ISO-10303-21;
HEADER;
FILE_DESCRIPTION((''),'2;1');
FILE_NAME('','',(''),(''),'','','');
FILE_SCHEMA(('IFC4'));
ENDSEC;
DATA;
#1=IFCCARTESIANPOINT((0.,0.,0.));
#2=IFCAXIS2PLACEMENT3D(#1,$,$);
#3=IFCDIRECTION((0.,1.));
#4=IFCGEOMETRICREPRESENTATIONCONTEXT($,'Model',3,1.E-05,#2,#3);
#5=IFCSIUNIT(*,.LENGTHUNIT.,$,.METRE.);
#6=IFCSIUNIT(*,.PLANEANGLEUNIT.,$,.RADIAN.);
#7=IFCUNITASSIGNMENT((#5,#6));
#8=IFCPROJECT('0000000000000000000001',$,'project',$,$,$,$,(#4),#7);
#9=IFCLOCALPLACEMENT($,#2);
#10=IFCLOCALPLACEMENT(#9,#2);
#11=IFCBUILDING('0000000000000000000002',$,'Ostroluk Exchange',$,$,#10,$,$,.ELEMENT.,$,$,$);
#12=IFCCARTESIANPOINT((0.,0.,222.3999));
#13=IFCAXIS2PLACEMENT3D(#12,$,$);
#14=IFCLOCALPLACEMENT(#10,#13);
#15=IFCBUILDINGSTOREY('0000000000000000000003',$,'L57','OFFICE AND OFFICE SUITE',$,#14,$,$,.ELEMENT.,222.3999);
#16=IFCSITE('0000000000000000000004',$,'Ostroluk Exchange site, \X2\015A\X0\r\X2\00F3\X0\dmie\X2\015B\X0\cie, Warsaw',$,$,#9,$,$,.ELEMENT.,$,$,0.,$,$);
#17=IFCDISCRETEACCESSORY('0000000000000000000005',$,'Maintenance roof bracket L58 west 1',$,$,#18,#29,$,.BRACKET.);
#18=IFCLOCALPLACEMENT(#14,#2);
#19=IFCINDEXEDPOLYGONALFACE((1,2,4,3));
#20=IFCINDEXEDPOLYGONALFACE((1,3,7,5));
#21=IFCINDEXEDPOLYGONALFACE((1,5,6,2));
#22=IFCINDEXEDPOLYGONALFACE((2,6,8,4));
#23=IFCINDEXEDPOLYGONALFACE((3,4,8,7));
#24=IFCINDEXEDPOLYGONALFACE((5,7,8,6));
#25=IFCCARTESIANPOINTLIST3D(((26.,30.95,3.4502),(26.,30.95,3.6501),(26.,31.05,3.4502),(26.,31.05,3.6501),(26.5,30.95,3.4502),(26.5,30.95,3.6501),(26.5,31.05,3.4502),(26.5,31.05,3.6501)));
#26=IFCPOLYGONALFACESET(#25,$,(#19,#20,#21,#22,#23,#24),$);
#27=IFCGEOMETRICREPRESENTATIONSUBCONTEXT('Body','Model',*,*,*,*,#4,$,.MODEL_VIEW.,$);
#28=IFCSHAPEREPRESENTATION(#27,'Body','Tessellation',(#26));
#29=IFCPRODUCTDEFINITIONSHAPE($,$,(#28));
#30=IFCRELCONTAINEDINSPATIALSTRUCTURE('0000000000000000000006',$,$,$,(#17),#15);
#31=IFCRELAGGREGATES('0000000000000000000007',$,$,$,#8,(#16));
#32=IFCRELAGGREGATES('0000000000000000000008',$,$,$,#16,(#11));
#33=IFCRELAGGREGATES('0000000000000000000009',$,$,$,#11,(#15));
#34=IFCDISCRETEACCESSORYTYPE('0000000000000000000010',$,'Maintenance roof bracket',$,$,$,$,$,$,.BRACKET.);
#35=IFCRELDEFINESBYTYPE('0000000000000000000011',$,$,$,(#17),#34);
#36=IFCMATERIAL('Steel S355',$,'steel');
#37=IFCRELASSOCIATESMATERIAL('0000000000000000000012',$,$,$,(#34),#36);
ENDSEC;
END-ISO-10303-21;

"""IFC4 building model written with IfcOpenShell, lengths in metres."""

from ifc_helpers import new_model, si_unit, direction, frame, origin, origin_2d, place, context, subcontext, project, spatial, rectangle, extrude, material, type_object, element, save


model = new_model("IFC4")

# Units and contexts
model_context = context("Model", 3, precision=1e-05, world=origin(), true_north=direction((0.0, 1.0)))
body_context = subcontext(model_context, "Body", "Model", "MODEL_VIEW")
ifc_project = project(units=[si_unit("LENGTHUNIT", "METRE"), si_unit("PLANEANGLEUNIT", "RADIAN")], contexts=[model_context])

# Site, building, storey
site_placement = place(None, origin())
site = spatial("IfcSite", under=ifc_project, at=site_placement, Name="Ostroluk Exchange site, Śródmieście, Warsaw", CompositionType="ELEMENT", RefElevation=0.0)
building_placement = place(site_placement, origin())
building = spatial("IfcBuilding", under=site, at=building_placement, Name="Ostroluk Exchange", CompositionType="ELEMENT")
storey_placement = place(building_placement, frame((0.0, 0.0, 222.3999)))
storey = spatial("IfcBuildingStorey", under=building, at=storey_placement, Name="L57", Description="OFFICE AND OFFICE SUITE", CompositionType="ELEMENT", Elevation=222.3999)

# Discrete accessory
ifc_material_1 = material(Name="Steel S355", Category="steel")
discrete_accessory_type = type_object("IfcDiscreteAccessoryType", Name="Maintenance roof bracket", PredefinedType="BRACKET", material=ifc_material_1)
discrete_accessory_1_placement = place(storey_placement, frame((26.25, 31.0, 3.4502), z_axis=(0.0, 0.0, 1.0), x_axis=(1.0, 0.0, 0.0)))
element("IfcDiscreteAccessory", 1, at=discrete_accessory_1_placement, inside=storey, type_object=discrete_accessory_type, Name="Maintenance roof bracket L58 west 1", PredefinedType="BRACKET", context=body_context, shape_type="SweptSolid", body=[
    extrude(rectangle(XDim=0.5, YDim=0.1001, at=origin_2d()), origin(), (0.0, 0.0, 1.0), 0.2),
])

save(model, "model.ifc")
